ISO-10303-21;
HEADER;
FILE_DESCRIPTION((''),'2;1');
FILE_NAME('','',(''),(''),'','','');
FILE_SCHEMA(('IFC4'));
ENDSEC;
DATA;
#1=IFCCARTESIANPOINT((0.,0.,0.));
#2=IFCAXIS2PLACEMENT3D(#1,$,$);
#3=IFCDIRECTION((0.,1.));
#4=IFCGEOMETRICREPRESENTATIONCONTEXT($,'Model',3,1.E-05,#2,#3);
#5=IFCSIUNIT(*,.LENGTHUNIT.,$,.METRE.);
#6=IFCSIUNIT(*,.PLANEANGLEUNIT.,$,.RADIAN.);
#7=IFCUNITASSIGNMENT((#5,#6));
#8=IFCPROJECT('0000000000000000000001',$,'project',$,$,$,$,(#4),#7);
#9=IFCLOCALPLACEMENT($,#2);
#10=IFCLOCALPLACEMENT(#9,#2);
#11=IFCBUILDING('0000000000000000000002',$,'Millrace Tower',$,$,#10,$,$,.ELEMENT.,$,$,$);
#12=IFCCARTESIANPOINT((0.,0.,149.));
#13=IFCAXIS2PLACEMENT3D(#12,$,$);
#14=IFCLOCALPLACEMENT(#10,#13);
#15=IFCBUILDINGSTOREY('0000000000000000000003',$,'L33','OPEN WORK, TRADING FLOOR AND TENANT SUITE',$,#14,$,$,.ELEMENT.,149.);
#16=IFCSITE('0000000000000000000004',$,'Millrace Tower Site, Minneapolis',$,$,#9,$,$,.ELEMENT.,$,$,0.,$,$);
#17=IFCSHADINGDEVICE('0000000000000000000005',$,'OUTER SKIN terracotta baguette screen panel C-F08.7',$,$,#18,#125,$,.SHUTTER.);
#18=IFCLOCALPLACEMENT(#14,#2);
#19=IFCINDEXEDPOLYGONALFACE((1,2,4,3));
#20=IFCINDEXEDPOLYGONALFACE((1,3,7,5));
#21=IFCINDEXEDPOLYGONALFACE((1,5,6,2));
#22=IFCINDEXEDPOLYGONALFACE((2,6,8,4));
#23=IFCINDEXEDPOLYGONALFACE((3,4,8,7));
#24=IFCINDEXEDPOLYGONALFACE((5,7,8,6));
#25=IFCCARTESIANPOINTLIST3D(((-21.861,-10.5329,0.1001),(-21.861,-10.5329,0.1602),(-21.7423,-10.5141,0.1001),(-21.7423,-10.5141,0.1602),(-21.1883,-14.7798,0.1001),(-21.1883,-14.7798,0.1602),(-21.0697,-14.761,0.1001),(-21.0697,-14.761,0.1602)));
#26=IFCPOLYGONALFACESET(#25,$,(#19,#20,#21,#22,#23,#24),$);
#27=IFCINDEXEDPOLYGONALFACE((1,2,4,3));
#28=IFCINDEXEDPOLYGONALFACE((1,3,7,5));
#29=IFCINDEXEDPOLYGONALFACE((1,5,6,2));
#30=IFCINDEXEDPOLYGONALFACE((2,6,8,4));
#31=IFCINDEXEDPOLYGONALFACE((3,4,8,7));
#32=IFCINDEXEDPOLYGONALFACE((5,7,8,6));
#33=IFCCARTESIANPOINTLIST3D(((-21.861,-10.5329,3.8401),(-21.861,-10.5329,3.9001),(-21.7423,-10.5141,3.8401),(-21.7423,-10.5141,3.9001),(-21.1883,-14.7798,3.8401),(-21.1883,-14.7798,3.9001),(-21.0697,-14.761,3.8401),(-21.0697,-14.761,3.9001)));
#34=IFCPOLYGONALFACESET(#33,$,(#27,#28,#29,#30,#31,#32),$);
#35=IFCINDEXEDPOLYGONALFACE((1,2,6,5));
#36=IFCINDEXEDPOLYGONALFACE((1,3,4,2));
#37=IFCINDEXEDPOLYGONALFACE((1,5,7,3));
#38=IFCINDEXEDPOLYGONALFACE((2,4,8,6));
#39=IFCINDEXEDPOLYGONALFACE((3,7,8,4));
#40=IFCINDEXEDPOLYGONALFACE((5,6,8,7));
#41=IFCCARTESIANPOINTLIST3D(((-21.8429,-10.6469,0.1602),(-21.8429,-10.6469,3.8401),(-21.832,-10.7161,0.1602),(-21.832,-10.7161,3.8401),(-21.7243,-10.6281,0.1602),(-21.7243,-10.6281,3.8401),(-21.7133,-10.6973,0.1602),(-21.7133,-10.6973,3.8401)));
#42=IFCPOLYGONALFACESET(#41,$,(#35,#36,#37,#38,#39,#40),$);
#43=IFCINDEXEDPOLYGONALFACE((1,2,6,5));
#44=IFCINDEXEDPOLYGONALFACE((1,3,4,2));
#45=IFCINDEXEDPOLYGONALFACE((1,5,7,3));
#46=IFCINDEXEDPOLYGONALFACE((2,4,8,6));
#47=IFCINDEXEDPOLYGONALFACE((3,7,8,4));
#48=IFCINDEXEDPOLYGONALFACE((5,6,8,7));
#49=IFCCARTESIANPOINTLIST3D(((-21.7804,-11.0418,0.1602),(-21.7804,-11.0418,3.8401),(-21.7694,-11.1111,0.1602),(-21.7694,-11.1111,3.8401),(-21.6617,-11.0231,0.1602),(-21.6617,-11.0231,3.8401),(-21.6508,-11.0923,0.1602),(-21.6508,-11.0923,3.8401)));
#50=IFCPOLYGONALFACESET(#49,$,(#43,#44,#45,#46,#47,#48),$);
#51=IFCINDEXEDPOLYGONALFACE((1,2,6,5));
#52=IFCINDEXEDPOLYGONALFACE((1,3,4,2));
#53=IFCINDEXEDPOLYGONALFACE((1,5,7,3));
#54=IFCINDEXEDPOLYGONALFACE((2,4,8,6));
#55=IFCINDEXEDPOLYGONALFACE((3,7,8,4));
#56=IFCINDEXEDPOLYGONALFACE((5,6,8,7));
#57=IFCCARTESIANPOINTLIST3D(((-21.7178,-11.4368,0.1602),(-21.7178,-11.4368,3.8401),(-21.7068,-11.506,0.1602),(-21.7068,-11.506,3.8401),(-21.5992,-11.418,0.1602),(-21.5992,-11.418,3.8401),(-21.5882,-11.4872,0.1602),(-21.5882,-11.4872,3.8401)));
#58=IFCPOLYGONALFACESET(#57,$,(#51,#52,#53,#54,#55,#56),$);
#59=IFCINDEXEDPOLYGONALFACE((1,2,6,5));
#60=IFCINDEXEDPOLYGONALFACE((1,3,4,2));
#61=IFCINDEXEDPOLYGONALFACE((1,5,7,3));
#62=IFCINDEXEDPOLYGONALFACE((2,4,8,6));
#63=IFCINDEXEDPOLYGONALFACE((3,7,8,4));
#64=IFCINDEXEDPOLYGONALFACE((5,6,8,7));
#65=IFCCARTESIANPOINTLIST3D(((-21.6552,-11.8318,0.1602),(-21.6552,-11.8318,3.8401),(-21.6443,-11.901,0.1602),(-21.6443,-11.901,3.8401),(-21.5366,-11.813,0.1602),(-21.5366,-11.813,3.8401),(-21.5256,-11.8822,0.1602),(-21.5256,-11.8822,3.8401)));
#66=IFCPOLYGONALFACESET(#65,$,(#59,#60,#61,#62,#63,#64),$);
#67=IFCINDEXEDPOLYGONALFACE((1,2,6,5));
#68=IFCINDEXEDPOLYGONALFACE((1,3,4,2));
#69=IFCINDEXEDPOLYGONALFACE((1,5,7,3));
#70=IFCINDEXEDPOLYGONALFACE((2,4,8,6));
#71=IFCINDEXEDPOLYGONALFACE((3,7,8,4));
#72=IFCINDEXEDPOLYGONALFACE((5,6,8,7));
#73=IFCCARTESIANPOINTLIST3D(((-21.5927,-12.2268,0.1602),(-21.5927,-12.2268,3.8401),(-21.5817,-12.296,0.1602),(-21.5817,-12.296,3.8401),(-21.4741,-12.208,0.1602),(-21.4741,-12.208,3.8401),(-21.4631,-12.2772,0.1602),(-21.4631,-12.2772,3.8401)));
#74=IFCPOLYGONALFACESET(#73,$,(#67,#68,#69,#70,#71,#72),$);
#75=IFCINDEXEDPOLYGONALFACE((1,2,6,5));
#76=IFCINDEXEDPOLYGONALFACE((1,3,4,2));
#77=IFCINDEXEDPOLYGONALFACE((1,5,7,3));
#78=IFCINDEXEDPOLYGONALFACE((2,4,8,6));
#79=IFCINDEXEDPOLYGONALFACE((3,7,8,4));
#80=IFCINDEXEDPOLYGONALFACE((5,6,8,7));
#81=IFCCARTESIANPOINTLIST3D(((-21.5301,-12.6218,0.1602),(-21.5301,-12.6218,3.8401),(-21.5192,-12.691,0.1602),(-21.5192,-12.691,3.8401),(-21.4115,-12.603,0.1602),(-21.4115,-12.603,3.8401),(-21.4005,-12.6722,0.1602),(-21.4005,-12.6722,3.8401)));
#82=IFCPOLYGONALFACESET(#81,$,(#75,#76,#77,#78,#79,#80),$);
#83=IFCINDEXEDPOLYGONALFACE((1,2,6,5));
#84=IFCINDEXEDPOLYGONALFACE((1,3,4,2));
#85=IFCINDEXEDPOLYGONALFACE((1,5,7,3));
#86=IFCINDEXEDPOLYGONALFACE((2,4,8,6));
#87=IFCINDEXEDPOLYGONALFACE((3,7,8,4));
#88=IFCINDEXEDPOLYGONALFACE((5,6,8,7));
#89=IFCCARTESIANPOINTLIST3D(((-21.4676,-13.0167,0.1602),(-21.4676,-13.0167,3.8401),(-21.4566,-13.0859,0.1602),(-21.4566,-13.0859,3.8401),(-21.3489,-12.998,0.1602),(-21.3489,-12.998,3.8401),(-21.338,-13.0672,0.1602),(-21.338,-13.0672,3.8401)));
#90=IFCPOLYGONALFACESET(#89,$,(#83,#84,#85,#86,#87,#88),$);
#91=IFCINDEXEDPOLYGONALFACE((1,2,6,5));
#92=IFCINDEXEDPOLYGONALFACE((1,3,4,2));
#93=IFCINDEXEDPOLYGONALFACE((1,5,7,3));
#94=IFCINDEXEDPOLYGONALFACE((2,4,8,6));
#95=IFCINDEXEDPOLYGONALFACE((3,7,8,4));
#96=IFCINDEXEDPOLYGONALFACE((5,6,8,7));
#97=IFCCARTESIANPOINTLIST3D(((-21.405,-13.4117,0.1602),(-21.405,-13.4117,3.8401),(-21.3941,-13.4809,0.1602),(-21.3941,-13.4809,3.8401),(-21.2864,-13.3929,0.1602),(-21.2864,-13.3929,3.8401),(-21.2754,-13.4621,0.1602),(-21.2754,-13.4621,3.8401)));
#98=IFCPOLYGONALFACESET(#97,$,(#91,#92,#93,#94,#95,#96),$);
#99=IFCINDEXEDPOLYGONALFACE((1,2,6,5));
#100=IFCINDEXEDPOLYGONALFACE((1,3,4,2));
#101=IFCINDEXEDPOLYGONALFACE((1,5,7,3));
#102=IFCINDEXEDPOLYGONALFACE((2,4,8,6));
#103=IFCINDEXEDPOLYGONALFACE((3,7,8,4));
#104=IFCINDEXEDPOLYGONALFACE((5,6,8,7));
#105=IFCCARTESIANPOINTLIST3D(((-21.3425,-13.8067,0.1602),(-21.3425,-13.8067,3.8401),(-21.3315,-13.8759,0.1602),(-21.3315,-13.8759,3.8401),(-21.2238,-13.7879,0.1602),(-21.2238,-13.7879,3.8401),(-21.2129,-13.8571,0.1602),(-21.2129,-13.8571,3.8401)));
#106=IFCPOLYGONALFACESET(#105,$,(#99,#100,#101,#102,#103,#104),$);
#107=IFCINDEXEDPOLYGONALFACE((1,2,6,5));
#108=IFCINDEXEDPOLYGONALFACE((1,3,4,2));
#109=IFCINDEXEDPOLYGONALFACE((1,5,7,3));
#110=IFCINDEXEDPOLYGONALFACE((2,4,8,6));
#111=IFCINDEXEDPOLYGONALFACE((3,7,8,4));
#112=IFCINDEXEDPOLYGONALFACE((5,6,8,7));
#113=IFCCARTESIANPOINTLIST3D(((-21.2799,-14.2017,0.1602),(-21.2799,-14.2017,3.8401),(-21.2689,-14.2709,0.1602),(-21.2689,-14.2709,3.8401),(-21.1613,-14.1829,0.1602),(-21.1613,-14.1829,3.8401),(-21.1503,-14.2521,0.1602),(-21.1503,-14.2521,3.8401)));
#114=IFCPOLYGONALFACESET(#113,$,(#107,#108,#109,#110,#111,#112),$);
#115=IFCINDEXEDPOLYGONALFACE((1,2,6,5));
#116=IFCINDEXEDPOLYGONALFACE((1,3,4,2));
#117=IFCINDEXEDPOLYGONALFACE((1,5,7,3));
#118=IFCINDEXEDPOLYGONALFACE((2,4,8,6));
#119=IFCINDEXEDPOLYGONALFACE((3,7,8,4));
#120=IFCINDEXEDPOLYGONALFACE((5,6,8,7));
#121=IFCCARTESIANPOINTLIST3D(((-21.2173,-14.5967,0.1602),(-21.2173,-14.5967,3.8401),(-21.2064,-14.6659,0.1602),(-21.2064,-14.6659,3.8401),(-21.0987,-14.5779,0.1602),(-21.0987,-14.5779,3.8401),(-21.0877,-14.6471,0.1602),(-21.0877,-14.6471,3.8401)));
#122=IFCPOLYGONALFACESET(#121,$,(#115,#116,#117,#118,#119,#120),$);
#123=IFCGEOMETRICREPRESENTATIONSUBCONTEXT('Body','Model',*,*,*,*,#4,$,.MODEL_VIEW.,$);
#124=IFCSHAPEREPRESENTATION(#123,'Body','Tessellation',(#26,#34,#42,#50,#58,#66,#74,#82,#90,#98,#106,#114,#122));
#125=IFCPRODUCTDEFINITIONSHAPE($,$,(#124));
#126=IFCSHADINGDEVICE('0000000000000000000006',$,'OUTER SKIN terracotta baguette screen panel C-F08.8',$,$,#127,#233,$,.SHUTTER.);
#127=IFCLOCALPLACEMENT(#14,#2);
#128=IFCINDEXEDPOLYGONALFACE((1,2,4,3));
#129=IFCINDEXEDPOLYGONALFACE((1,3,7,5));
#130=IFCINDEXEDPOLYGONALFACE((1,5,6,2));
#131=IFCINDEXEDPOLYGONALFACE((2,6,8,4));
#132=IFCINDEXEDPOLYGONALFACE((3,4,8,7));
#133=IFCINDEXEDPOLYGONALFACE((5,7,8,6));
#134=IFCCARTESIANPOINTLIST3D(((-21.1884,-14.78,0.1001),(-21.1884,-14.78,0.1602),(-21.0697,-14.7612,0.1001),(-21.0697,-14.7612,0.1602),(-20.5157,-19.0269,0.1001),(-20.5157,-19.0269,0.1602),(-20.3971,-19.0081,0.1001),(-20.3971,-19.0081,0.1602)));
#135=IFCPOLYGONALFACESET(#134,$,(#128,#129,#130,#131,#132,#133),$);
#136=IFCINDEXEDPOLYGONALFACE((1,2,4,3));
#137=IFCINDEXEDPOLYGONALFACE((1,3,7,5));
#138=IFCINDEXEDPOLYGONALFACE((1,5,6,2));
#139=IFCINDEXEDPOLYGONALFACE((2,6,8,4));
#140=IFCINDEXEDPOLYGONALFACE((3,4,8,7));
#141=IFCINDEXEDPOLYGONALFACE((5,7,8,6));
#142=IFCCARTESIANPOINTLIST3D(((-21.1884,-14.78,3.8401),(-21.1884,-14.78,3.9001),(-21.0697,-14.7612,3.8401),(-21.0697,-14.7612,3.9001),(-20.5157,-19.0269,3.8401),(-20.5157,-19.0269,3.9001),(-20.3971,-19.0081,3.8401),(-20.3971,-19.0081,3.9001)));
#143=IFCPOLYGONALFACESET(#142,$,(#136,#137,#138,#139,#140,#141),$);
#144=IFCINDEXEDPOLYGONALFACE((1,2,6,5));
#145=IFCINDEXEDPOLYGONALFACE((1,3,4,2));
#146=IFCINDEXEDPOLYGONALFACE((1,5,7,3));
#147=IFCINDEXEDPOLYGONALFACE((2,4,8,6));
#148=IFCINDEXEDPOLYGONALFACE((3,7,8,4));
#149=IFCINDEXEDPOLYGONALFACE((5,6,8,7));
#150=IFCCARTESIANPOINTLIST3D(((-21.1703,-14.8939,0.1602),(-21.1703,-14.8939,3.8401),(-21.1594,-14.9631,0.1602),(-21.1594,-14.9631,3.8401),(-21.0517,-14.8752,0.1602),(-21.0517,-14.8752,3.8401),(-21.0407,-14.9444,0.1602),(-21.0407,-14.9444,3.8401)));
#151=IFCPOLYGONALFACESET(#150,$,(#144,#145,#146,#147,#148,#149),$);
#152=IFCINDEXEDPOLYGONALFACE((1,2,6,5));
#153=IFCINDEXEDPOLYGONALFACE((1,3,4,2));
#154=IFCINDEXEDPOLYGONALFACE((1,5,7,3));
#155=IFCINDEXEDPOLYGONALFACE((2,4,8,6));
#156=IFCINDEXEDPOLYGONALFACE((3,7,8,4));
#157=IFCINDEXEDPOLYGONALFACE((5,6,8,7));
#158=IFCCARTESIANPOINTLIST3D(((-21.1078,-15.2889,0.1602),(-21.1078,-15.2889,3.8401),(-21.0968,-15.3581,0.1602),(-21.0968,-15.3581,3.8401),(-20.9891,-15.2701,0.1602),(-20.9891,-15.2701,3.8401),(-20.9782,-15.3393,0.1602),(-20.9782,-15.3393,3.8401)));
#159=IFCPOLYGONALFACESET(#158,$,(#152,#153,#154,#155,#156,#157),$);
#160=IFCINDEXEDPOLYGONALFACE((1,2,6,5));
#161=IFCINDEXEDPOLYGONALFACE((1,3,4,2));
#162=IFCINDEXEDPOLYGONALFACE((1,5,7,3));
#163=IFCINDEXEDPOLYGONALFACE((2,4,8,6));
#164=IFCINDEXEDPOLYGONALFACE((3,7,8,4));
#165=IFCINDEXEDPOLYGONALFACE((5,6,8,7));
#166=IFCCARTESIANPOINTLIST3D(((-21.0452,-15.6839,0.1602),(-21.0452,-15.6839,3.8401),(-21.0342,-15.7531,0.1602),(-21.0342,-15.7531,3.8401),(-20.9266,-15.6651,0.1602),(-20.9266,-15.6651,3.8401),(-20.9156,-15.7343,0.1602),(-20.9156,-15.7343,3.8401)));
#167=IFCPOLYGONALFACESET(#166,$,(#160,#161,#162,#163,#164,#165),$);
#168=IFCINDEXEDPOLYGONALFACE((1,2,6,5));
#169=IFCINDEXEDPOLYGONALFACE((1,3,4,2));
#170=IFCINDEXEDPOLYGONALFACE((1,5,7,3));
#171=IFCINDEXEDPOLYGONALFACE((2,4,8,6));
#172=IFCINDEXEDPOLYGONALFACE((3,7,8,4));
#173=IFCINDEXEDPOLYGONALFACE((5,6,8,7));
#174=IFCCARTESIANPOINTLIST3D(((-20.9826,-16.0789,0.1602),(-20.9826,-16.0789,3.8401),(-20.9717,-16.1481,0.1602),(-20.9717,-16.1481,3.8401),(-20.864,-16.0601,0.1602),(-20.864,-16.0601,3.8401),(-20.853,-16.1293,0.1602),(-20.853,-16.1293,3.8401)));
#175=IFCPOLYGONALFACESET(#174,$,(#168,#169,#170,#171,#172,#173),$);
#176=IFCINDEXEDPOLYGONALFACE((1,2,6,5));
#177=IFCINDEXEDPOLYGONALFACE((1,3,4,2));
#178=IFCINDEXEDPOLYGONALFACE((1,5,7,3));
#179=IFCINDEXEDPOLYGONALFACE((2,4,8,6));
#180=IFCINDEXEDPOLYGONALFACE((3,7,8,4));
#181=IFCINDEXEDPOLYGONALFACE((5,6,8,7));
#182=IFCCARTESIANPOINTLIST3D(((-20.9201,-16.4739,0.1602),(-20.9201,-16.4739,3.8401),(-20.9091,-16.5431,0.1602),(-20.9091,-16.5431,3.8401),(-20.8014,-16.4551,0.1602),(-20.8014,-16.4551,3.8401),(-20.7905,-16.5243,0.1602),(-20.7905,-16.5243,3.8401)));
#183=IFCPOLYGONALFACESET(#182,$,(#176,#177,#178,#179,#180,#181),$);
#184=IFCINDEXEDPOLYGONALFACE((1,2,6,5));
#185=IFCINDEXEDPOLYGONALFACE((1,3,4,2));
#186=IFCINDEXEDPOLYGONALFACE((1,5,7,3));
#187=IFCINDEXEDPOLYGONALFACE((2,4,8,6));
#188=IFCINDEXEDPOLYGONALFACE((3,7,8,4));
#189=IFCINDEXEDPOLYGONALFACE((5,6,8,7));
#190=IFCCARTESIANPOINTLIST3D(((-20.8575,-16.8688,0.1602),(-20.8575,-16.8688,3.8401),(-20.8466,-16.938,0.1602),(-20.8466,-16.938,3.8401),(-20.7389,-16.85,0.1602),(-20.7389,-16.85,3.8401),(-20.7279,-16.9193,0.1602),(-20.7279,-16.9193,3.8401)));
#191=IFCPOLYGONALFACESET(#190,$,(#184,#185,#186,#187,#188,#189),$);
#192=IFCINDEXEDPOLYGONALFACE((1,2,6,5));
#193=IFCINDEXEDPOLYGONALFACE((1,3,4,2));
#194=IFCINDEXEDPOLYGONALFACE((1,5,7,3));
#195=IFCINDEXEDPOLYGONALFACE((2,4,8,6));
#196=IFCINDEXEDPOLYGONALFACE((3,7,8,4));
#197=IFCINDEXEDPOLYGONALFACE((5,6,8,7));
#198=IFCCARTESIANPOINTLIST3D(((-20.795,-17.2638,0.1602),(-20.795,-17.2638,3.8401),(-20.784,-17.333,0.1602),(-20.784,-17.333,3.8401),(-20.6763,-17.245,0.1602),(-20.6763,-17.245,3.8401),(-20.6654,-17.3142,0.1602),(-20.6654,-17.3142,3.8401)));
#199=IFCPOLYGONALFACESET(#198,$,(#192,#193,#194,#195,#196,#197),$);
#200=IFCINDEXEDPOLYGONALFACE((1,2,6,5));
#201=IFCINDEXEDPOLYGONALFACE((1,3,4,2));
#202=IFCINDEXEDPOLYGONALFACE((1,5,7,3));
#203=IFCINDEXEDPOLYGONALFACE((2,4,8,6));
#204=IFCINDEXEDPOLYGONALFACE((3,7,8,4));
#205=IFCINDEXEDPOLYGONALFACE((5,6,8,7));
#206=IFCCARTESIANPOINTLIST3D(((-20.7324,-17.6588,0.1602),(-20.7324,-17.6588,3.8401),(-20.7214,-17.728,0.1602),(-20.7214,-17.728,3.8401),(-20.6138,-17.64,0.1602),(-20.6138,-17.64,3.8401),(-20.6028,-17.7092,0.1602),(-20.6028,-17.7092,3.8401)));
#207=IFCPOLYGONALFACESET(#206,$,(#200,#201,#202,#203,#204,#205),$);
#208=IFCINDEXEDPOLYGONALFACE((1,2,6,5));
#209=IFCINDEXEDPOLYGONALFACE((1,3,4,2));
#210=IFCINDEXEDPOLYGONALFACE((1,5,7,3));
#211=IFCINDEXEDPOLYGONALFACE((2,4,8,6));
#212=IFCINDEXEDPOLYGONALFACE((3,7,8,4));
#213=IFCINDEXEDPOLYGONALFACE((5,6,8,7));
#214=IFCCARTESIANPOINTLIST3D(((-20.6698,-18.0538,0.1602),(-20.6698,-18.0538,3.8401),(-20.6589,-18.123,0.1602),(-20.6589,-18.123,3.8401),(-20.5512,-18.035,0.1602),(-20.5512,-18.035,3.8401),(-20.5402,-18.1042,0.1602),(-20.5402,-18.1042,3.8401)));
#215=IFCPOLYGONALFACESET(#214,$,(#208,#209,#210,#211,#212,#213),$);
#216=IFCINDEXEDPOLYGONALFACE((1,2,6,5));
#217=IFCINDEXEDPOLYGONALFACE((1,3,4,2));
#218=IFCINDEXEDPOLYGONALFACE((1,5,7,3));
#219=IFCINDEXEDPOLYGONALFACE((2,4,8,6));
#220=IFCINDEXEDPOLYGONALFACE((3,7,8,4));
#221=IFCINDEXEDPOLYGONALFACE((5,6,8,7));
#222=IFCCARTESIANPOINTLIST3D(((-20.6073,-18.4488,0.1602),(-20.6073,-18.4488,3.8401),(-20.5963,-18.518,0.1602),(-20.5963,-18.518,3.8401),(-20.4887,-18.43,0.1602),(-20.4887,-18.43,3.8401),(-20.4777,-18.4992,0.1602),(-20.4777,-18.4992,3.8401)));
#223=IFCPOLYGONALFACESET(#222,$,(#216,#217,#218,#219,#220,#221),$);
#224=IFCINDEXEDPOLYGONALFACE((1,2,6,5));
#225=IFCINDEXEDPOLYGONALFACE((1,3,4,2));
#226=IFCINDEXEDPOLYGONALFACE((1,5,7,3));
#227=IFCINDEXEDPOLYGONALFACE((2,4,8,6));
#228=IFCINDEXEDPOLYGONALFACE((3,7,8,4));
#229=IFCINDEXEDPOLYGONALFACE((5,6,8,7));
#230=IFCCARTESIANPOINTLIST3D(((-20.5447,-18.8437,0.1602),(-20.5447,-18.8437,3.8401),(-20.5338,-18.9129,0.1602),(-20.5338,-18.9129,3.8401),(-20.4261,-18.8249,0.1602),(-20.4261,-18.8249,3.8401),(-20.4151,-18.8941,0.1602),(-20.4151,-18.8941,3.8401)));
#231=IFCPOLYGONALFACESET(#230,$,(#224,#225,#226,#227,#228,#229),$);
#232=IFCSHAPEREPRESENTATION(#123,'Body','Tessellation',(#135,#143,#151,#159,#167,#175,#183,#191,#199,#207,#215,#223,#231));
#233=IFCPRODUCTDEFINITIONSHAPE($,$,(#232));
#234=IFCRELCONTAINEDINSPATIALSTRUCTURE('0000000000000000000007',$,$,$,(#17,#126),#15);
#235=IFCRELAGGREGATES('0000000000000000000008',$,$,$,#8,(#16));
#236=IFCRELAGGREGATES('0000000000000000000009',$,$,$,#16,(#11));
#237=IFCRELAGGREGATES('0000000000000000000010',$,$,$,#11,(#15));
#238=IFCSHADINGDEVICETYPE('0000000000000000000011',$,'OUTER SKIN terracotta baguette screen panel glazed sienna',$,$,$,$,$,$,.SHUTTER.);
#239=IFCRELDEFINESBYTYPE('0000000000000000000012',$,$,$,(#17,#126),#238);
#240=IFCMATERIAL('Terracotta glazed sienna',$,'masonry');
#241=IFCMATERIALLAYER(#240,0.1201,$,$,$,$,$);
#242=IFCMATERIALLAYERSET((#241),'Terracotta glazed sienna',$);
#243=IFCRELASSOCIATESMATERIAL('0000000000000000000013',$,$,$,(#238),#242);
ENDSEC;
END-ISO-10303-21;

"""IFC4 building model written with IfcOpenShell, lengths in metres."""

from ifc_helpers import new_model, entity, si_unit, direction, frame, frame_2d, origin, origin_2d, place, context, subcontext, project, spatial, rectangle, extrude, source, transform, mapped, material, layer, layer_set, type_object, element, save


model = new_model("IFC4")

# Units and contexts
model_context = context("Model", 3, precision=1e-05, world=origin(), true_north=direction((0.0, 1.0)))
body_context = subcontext(model_context, "Body", "Model", "MODEL_VIEW")
ifc_project = project(units=[si_unit("LENGTHUNIT", "METRE"), si_unit("PLANEANGLEUNIT", "RADIAN")], contexts=[model_context])

# Site, building, storey
site_placement = place(None, origin())
site = spatial("IfcSite", under=ifc_project, at=site_placement, Name="Millrace Tower Site, Minneapolis", CompositionType="ELEMENT", RefElevation=0.0)
building_placement = place(site_placement, origin())
building = spatial("IfcBuilding", under=site, at=building_placement, Name="Millrace Tower", CompositionType="ELEMENT")
storey_placement = place(building_placement, frame((0.0, 0.0, 149.0)))
storey = spatial("IfcBuildingStorey", under=building, at=storey_placement, Name="L33", Description="OPEN WORK, TRADING FLOOR AND TENANT SUITE", CompositionType="ELEMENT", Elevation=149.0)

# Shading devices
ifc_material_1 = material(Name="Terracotta glazed sienna", Category="masonry")
ifc_layer_1 = layer(ifc_material_1, 0.1201)
ifc_layer_set_1 = layer_set([ifc_layer_1], Name="Terracotta glazed sienna")
shading_device_type = type_object("IfcShadingDeviceType", Name="OUTER SKIN terracotta baguette screen panel glazed sienna", PredefinedType="SHUTTER", material=ifc_layer_set_1)
cartesian_point_1 = entity("IfcCartesianPoint", [-2.1499, 0.0601])
shared_polyline_1 = entity("IfcPolyline", [cartesian_point_1, entity("IfcCartesianPoint", [2.1499, 0.0601]), entity("IfcCartesianPoint", [2.1499, -0.0601]), entity("IfcCartesianPoint", [-2.1499, -0.0601]), cartesian_point_1])
shared_shape_1 = source(origin(), body_context, "Body", "SweptSolid", [
    entity("IfcExtrudedAreaSolid", entity("IfcArbitraryClosedProfileDef", "AREA", None, shared_polyline_1), entity("IfcAxis2Placement3D", entity("IfcCartesianPoint", [0.0, 0.0, 0.0])), entity("IfcDirection", [0.0, 0.0, 1.0]), 0.0601),
    entity("IfcExtrudedAreaSolid", entity("IfcArbitraryClosedProfileDef", "AREA", None, shared_polyline_1), entity("IfcAxis2Placement3D", entity("IfcCartesianPoint", [0.0, 0.0, 3.74])), entity("IfcDirection", [0.0, 0.0, 1.0]), 0.0601),
    extrude(rectangle(XDim=0.0701, YDim=0.1201, at=frame_2d((-1.9995, 0.0))), frame((0.0, 0.0, 0.0601)), (0.0, 0.0, 1.0), 3.6799),
    extrude(rectangle(XDim=0.0701, YDim=0.1201, at=frame_2d((-1.5996, 0.0))), frame((0.0, 0.0, 0.0601)), (0.0, 0.0, 1.0), 3.6799),
    extrude(rectangle(XDim=0.0701, YDim=0.1201, at=frame_2d((-1.1997, 0.0))), frame((0.0, 0.0, 0.0601)), (0.0, 0.0, 1.0), 3.6799),
    extrude(rectangle(XDim=0.0701, YDim=0.1201, at=frame_2d((-0.7998, 0.0))), frame((0.0, 0.0, 0.0601)), (0.0, 0.0, 1.0), 3.6799),
    extrude(rectangle(XDim=0.0701, YDim=0.1201, at=frame_2d((-0.3999, 0.0))), frame((0.0, 0.0, 0.0601)), (0.0, 0.0, 1.0), 3.6799),
    extrude(rectangle(XDim=0.0701, YDim=0.1201, at=origin_2d()), frame((0.0, 0.0, 0.0601)), (0.0, 0.0, 1.0), 3.6799),
    extrude(rectangle(XDim=0.0701, YDim=0.1201, at=frame_2d((0.3999, 0.0))), frame((0.0, 0.0, 0.0601)), (0.0, 0.0, 1.0), 3.6799),
    extrude(rectangle(XDim=0.0701, YDim=0.1201, at=frame_2d((0.7998, 0.0))), frame((0.0, 0.0, 0.0601)), (0.0, 0.0, 1.0), 3.6799),
    extrude(rectangle(XDim=0.0701, YDim=0.1201, at=frame_2d((1.1997, 0.0))), frame((0.0, 0.0, 0.0601)), (0.0, 0.0, 1.0), 3.6799),
    extrude(rectangle(XDim=0.0701, YDim=0.1201, at=frame_2d((1.5996, 0.0))), frame((0.0, 0.0, 0.0601)), (0.0, 0.0, 1.0), 3.6799),
    extrude(rectangle(XDim=0.0701, YDim=0.1201, at=frame_2d((1.9995, 0.0))), frame((0.0, 0.0, 0.0601)), (0.0, 0.0, 1.0), 3.6799),
])
for number, where, z_axis, x_axis, name in (
    (1, (-21.4653, -12.647, 0.1001), (0.0, 0.0, 1.0), (0.156434, -0.987688, 0.0), "OUTER SKIN terracotta baguette screen panel C-F08.7"),
    (2, (-20.7927, -16.894, 0.1001), (0.0, 0.0, 1.0), (0.156434, -0.987688, 0.0), "OUTER SKIN terracotta baguette screen panel C-F08.8"),
):
    element("IfcShadingDevice", number, at=place(storey_placement, frame(where, z_axis=z_axis, x_axis=x_axis)), inside=storey, type_object=shading_device_type, Name=name, PredefinedType="SHUTTER", context=body_context, shape_type="MappedRepresentation", body=[
        mapped(shared_shape_1, transform((0.0, 0.0, 0.0), scale=1.0)),
    ])

save(model, "model.ifc")
